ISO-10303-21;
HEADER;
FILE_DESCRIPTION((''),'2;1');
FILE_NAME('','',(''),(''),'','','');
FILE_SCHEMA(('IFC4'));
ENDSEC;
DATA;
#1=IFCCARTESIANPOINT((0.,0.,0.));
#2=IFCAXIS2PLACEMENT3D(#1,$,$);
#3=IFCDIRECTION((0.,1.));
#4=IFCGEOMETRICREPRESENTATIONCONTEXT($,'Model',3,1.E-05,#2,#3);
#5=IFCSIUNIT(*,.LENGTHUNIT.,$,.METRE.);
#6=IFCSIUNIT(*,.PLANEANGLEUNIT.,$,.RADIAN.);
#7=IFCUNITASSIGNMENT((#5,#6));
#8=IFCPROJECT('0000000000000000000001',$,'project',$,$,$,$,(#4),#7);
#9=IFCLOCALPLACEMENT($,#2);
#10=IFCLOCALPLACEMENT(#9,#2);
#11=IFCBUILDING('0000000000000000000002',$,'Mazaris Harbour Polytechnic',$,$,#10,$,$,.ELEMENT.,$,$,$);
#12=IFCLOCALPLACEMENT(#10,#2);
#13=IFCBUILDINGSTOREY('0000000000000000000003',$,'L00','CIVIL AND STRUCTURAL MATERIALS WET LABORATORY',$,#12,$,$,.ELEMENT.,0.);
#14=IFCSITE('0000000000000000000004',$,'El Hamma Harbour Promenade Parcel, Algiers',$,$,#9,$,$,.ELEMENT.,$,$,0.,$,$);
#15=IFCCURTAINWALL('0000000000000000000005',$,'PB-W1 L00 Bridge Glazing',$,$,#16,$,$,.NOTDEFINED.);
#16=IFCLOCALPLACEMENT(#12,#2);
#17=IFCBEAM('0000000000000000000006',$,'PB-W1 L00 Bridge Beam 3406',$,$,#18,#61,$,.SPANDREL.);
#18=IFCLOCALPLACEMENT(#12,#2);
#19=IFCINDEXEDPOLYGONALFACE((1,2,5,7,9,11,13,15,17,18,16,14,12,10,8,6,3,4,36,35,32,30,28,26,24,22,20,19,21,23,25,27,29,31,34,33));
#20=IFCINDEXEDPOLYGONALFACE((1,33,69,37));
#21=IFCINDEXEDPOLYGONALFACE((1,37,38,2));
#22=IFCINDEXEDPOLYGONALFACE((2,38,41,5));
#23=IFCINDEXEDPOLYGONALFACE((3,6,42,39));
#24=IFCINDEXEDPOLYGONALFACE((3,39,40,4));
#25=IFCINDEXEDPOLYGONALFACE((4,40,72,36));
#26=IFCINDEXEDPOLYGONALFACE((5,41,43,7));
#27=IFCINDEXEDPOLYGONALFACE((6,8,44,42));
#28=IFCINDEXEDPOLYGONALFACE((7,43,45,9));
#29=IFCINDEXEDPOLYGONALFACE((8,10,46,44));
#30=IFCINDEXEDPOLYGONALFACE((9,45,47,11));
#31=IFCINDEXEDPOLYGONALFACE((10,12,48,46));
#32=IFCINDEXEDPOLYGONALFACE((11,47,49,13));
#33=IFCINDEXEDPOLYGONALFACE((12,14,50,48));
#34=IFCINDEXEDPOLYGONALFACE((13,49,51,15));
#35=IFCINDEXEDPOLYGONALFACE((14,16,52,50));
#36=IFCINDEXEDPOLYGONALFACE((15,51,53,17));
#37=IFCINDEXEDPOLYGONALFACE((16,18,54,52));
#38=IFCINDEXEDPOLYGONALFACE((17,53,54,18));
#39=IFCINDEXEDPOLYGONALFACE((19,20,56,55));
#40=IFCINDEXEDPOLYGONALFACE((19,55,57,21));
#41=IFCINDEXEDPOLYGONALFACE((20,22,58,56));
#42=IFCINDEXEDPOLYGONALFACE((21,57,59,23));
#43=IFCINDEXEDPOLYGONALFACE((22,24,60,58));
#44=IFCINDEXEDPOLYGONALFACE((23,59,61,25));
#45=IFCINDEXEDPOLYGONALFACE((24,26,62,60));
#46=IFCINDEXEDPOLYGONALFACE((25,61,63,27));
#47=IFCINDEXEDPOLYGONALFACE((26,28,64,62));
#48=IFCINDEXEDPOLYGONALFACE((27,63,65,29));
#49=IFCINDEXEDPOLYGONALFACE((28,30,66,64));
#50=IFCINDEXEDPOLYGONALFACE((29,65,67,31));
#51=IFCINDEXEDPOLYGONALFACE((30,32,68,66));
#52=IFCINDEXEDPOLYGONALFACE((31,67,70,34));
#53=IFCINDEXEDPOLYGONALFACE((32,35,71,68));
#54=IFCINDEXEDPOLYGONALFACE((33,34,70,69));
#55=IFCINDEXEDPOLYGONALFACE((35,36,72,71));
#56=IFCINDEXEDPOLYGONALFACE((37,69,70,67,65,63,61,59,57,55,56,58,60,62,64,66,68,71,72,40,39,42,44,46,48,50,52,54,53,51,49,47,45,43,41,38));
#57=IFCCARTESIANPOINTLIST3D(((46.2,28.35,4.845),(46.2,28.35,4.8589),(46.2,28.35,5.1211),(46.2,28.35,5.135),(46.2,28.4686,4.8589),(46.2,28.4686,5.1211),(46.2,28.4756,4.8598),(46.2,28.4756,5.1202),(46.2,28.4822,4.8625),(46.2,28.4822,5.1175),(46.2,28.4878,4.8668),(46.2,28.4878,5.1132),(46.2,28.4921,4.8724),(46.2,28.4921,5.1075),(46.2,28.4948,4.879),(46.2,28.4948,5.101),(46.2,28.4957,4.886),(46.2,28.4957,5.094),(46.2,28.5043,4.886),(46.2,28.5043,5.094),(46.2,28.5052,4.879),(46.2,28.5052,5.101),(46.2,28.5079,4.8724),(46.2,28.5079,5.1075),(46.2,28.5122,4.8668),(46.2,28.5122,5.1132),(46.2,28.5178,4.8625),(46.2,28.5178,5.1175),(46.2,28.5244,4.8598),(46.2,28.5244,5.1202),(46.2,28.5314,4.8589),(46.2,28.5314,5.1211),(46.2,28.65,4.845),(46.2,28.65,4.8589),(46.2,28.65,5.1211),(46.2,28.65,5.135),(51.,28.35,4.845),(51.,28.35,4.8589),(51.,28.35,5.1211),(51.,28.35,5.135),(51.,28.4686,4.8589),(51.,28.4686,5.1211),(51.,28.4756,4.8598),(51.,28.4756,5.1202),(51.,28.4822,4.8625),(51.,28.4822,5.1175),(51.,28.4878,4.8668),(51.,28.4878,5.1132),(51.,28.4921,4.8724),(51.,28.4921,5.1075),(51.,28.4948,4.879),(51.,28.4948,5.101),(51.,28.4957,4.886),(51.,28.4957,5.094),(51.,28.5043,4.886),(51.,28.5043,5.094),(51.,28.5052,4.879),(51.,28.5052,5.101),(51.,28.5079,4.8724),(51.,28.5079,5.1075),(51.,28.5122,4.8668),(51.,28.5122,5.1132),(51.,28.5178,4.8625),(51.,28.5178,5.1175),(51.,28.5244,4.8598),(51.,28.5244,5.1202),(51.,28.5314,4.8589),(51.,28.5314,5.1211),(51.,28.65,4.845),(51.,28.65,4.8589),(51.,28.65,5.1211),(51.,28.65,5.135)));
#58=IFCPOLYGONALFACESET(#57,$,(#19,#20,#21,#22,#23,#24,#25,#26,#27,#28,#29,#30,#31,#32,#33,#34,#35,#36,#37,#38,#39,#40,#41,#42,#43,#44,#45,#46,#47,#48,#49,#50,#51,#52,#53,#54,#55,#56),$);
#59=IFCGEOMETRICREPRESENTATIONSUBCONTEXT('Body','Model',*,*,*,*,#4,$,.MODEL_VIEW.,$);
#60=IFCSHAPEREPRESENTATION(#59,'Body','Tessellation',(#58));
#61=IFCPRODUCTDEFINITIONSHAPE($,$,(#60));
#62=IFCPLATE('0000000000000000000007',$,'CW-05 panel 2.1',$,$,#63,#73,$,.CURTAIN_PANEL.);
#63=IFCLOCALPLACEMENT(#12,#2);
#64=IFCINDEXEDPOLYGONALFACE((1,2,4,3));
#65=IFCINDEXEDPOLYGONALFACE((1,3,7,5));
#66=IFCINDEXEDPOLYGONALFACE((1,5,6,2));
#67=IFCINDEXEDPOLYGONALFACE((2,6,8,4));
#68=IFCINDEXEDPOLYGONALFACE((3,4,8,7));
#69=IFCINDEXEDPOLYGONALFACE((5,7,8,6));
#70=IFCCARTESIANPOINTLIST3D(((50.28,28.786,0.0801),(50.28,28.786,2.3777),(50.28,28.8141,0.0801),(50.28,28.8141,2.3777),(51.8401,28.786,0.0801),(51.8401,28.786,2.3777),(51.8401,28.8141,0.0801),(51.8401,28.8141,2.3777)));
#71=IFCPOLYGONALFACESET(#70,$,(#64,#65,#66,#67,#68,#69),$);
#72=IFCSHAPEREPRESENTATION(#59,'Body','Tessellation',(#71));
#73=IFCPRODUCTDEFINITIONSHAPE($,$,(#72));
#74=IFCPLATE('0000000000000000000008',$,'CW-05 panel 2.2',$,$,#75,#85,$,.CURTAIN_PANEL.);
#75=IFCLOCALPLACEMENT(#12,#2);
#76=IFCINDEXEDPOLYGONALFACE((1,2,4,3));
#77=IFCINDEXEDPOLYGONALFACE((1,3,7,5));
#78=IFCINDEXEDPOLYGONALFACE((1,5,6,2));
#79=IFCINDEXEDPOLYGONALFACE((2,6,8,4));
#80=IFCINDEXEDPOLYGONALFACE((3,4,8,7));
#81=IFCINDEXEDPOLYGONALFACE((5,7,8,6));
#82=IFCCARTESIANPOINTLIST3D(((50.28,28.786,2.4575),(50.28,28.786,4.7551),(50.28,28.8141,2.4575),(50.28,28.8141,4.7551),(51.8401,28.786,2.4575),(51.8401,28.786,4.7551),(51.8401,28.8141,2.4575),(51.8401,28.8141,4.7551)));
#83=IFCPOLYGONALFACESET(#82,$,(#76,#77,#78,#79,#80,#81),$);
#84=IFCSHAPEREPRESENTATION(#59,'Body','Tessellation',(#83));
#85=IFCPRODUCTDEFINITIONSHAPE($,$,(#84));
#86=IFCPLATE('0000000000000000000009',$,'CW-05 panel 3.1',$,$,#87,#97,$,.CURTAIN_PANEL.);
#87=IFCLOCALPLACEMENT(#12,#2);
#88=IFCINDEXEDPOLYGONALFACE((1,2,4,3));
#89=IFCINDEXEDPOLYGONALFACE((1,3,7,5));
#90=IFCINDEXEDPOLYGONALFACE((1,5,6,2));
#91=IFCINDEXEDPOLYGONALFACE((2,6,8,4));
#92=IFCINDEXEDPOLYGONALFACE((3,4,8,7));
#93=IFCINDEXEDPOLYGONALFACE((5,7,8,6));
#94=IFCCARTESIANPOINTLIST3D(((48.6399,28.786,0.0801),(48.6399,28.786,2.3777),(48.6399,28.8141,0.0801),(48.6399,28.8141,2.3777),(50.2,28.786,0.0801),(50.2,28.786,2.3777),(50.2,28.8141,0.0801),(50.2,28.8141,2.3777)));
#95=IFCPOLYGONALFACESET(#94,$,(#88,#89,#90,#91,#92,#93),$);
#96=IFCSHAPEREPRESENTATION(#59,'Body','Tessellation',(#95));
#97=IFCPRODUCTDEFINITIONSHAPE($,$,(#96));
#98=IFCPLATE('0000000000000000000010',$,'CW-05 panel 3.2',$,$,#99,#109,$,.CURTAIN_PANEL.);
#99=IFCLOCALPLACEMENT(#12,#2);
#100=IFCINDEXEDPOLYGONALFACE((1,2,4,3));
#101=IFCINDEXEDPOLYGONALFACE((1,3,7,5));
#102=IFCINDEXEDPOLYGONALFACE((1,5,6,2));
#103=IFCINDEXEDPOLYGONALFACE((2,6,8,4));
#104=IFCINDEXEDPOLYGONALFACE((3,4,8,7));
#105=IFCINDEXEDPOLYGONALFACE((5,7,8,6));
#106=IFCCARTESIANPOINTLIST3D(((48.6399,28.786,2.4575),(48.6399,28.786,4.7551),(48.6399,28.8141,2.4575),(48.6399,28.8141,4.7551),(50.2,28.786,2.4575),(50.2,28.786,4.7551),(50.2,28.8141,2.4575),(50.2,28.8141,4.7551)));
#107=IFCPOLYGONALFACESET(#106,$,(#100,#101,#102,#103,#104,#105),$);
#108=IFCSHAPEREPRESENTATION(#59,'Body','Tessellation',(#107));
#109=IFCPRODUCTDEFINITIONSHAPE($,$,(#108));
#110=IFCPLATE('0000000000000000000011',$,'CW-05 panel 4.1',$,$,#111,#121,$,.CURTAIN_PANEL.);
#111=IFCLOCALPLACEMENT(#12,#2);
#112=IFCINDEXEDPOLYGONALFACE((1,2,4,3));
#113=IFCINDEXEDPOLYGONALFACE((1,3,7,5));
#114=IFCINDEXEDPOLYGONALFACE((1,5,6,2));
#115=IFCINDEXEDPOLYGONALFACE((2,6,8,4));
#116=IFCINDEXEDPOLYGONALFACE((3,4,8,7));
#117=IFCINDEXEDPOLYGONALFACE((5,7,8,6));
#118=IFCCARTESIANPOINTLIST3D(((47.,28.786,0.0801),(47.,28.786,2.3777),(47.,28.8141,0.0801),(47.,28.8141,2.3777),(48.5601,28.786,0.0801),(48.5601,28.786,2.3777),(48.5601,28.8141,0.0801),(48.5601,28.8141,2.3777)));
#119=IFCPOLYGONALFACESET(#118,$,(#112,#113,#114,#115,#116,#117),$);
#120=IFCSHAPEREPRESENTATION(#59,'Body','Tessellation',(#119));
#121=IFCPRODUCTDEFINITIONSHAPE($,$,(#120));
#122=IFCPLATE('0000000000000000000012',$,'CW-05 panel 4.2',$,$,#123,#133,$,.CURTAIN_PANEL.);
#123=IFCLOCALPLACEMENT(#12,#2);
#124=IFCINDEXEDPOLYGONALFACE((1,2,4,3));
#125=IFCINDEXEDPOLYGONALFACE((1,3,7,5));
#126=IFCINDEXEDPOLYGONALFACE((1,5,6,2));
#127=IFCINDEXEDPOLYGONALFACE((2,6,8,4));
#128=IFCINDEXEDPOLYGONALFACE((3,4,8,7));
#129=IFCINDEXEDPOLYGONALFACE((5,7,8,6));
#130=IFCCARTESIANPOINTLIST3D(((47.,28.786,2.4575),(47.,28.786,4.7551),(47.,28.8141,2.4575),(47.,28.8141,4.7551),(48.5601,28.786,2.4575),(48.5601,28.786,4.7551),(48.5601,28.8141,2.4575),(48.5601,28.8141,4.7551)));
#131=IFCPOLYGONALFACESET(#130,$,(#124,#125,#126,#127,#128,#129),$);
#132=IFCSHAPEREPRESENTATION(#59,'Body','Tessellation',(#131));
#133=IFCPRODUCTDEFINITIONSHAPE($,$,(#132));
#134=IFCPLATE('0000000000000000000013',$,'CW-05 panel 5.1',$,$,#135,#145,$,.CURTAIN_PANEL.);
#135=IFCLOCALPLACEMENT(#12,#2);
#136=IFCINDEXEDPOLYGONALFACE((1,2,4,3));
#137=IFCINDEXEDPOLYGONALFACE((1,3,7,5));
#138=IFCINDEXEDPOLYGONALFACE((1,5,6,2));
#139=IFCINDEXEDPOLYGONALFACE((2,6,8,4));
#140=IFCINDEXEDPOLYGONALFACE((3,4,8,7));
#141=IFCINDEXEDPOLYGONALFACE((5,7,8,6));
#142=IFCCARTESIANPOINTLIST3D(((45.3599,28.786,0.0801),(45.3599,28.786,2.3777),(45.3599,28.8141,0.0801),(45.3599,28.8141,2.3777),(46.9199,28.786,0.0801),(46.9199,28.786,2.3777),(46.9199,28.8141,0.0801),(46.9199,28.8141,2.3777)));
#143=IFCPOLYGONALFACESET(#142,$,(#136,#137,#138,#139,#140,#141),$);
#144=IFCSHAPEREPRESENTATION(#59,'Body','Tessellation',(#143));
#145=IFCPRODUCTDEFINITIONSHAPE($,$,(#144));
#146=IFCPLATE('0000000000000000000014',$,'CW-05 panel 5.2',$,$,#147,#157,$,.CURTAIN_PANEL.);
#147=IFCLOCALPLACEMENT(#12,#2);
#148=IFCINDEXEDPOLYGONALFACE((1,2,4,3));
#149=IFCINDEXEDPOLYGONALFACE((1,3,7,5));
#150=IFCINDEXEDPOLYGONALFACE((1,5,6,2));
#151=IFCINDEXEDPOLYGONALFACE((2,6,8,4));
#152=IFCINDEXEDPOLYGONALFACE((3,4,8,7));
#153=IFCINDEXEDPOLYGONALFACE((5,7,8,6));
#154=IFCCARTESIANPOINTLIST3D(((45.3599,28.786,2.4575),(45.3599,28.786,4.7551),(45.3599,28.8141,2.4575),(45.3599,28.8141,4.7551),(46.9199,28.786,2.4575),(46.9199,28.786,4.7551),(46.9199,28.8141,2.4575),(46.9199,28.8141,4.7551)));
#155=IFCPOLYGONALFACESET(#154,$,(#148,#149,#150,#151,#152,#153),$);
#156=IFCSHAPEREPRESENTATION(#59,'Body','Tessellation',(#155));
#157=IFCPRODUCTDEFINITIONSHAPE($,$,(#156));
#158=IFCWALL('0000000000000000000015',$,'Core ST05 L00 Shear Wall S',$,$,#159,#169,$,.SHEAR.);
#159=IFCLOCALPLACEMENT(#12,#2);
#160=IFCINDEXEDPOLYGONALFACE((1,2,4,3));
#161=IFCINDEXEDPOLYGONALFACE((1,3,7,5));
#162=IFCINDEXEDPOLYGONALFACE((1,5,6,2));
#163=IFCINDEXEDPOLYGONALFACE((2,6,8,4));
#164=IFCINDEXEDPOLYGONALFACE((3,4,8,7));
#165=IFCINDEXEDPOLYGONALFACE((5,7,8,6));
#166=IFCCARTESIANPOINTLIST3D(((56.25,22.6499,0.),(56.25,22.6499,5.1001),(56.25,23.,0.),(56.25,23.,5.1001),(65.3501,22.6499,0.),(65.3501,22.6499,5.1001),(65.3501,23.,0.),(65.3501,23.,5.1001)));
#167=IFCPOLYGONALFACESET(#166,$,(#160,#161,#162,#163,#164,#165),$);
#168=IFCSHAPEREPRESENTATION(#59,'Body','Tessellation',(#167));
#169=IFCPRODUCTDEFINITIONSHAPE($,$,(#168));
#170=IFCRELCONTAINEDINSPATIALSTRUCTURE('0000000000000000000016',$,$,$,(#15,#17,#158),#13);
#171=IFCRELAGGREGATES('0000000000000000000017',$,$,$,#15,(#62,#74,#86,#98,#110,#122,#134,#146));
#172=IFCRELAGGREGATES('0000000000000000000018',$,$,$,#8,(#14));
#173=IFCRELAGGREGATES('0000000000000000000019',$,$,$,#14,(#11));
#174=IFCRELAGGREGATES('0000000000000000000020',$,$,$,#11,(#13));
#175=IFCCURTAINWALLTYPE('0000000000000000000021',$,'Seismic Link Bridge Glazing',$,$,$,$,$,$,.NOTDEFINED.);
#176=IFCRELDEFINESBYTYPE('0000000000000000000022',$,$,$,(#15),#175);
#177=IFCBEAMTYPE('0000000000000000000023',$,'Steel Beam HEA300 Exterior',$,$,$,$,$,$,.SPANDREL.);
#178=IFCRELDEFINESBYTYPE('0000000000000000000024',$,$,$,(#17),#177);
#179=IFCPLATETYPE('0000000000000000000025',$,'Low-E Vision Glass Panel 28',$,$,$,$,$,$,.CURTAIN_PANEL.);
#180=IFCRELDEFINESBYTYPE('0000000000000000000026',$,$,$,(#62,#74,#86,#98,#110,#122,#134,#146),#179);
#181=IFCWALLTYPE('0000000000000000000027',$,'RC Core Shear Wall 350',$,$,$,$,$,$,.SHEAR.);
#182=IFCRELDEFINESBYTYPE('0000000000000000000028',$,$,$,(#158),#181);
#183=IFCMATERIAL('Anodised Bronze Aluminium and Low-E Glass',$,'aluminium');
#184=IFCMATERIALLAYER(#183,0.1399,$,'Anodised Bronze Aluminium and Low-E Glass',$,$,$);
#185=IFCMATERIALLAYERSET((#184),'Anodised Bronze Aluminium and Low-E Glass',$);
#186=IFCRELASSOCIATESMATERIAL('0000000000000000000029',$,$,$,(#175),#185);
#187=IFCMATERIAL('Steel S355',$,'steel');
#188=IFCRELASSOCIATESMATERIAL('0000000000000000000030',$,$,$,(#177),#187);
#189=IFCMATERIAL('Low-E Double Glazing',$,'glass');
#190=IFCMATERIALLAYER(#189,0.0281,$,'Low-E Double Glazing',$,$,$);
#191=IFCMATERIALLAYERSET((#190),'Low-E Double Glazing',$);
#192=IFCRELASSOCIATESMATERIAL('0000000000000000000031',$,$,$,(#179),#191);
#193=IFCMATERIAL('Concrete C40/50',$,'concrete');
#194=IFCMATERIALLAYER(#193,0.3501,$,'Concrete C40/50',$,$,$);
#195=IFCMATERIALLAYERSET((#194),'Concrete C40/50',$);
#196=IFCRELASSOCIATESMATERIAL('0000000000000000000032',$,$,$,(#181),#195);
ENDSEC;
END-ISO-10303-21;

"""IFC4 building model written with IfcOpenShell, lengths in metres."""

from ifc_helpers import new_model, si_unit, direction, frame, frame_2d, origin, origin_2d, place, context, subcontext, project, spatial, rectangle, i_section, extrude, material, layer, layer_set, material_profile, profile_set, type_object, element, aggregate, save


model = new_model("IFC4")

# Units and contexts
model_context = context("Model", 3, precision=1e-05, world=origin(), true_north=direction((0.0, 1.0)))
body_context = subcontext(model_context, "Body", "Model", "MODEL_VIEW")
ifc_project = project(units=[si_unit("LENGTHUNIT", "METRE"), si_unit("PLANEANGLEUNIT", "RADIAN")], contexts=[model_context])

# Site, building, storey
site_placement = place(None, origin())
site = spatial("IfcSite", under=ifc_project, at=site_placement, Name="El Hamma Harbour Promenade Parcel, Algiers", CompositionType="ELEMENT", RefElevation=0.0)
building_placement = place(site_placement, origin())
building = spatial("IfcBuilding", under=site, at=building_placement, Name="Mazaris Harbour Polytechnic", CompositionType="ELEMENT")
storey_placement = place(building_placement, origin())
storey = spatial("IfcBuildingStorey", under=building, at=storey_placement, Name="L00", Description="CIVIL AND STRUCTURAL MATERIALS WET LABORATORY", CompositionType="ELEMENT", Elevation=0.0)

# Curtain wall
ifc_material_1 = material(Name="Anodised Bronze Aluminium and Low-E Glass", Category="aluminium")
ifc_layer_1 = layer(ifc_material_1, 0.1399, Name="Anodised Bronze Aluminium and Low-E Glass")
ifc_layer_set_1 = layer_set([ifc_layer_1], Name="Anodised Bronze Aluminium and Low-E Glass")
curtain_wall_type = type_object("IfcCurtainWallType", Name="Seismic Link Bridge Glazing", PredefinedType="NOTDEFINED", material=ifc_layer_set_1)
curtain_wall_placement = place(storey_placement, origin())
curtain_wall = element("IfcCurtainWall", 1, at=curtain_wall_placement, inside=storey, type_object=curtain_wall_type, Name="PB-W1 L00 Bridge Glazing", PredefinedType="NOTDEFINED")

# Beam
ifc_material_2 = material(Name="Steel S355", Category="steel")
ifc_material_profile_1 = material_profile(ifc_material_2, i_section(OverallWidth=0.3, OverallDepth=0.29, WebThickness=0.0085, FlangeThickness=0.0139, FilletRadius=0.0271, at=origin_2d()), Name="HEA 300")
ifc_profile_set_1 = profile_set([ifc_material_profile_1], Name="Steel S355")
beam_type = type_object("IfcBeamType", Name="Steel Beam HEA300 Exterior", PredefinedType="SPANDREL", material=ifc_profile_set_1)
beam_placement = place(storey_placement, frame((46.2, 28.5, 4.99), z_axis=(1.0, 0.0, 0.0), x_axis=(0.0, 1.0, 0.0)))
element("IfcBeam", 2, at=beam_placement, inside=storey, type_object=beam_type, Name="PB-W1 L00 Bridge Beam 3406", PredefinedType="SPANDREL", context=body_context, shape_type="SweptSolid", body=[
    extrude(i_section(OverallWidth=0.3, OverallDepth=0.29, WebThickness=0.0085, FlangeThickness=0.0139, FilletRadius=0.0271, at=origin_2d()), origin(), (0.0, 0.0, 1.0), 4.8),
])

# Plates
ifc_material_3 = material(Name="Low-E Double Glazing", Category="glass")
ifc_layer_2 = layer(ifc_material_3, 0.0281, Name="Low-E Double Glazing")
ifc_layer_set_2 = layer_set([ifc_layer_2], Name="Low-E Double Glazing")
plate_type = type_object("IfcPlateType", Name="Low-E Vision Glass Panel 28", PredefinedType="CURTAIN_PANEL", material=ifc_layer_set_2)
plate_1_placement = place(storey_placement, frame((51.0601, 28.8, 0.0801), z_axis=(0.0, 0.0, 1.0), x_axis=(-1.0, 0.0, 0.0)))
plate_1 = element("IfcPlate", 3, at=plate_1_placement, type_object=plate_type, Name="CW-05 panel 2.1", PredefinedType="CURTAIN_PANEL", context=body_context, shape_type="SweptSolid", body=[
    extrude(rectangle(XDim=1.5601, YDim=0.0281, at=origin_2d()), origin(), (0.0, 0.0, 1.0), 2.2976),
])
plate_2_placement = place(storey_placement, frame((51.0601, 28.8, 2.4575), z_axis=(0.0, 0.0, 1.0), x_axis=(-1.0, 0.0, 0.0)))
plate_2 = element("IfcPlate", 4, at=plate_2_placement, type_object=plate_type, Name="CW-05 panel 2.2", PredefinedType="CURTAIN_PANEL", context=body_context, shape_type="SweptSolid", body=[
    extrude(rectangle(XDim=1.5601, YDim=0.0281, at=origin_2d()), origin(), (0.0, 0.0, 1.0), 2.2976),
])
plate_3_placement = place(storey_placement, frame((49.4199, 28.8, 0.0801), z_axis=(0.0, 0.0, 1.0), x_axis=(-1.0, 0.0, 0.0)))
plate_3 = element("IfcPlate", 5, at=plate_3_placement, type_object=plate_type, Name="CW-05 panel 3.1", PredefinedType="CURTAIN_PANEL", context=body_context, shape_type="SweptSolid", body=[
    extrude(rectangle(XDim=1.5601, YDim=0.0281, at=origin_2d()), origin(), (0.0, 0.0, 1.0), 2.2976),
])
plate_4_placement = place(storey_placement, frame((49.4199, 28.8, 2.4575), z_axis=(0.0, 0.0, 1.0), x_axis=(-1.0, 0.0, 0.0)))
plate_4 = element("IfcPlate", 6, at=plate_4_placement, type_object=plate_type, Name="CW-05 panel 3.2", PredefinedType="CURTAIN_PANEL", context=body_context, shape_type="SweptSolid", body=[
    extrude(rectangle(XDim=1.5601, YDim=0.0281, at=origin_2d()), origin(), (0.0, 0.0, 1.0), 2.2976),
])
plate_5_placement = place(storey_placement, frame((47.78, 28.8, 0.0801), z_axis=(0.0, 0.0, 1.0), x_axis=(-1.0, 0.0, 0.0)))
plate_5 = element("IfcPlate", 7, at=plate_5_placement, type_object=plate_type, Name="CW-05 panel 4.1", PredefinedType="CURTAIN_PANEL", context=body_context, shape_type="SweptSolid", body=[
    extrude(rectangle(XDim=1.5601, YDim=0.0281, at=origin_2d()), origin(), (0.0, 0.0, 1.0), 2.2976),
])
plate_6_placement = place(storey_placement, frame((47.78, 28.8, 2.4575), z_axis=(0.0, 0.0, 1.0), x_axis=(-1.0, 0.0, 0.0)))
plate_6 = element("IfcPlate", 8, at=plate_6_placement, type_object=plate_type, Name="CW-05 panel 4.2", PredefinedType="CURTAIN_PANEL", context=body_context, shape_type="SweptSolid", body=[
    extrude(rectangle(XDim=1.5601, YDim=0.0281, at=origin_2d()), origin(), (0.0, 0.0, 1.0), 2.2976),
])
plate_7_placement = place(storey_placement, frame((46.1399, 28.8, 0.0801), z_axis=(0.0, 0.0, 1.0), x_axis=(-1.0, 0.0, 0.0)))
plate_7 = element("IfcPlate", 9, at=plate_7_placement, type_object=plate_type, Name="CW-05 panel 5.1", PredefinedType="CURTAIN_PANEL", context=body_context, shape_type="SweptSolid", body=[
    extrude(rectangle(XDim=1.5601, YDim=0.0281, at=origin_2d()), origin(), (0.0, 0.0, 1.0), 2.2976),
])
plate_8_placement = place(storey_placement, frame((46.1399, 28.8, 2.4575), z_axis=(0.0, 0.0, 1.0), x_axis=(-1.0, 0.0, 0.0)))
plate_8 = element("IfcPlate", 10, at=plate_8_placement, type_object=plate_type, Name="CW-05 panel 5.2", PredefinedType="CURTAIN_PANEL", context=body_context, shape_type="SweptSolid", body=[
    extrude(rectangle(XDim=1.5601, YDim=0.0281, at=origin_2d()), origin(), (0.0, 0.0, 1.0), 2.2976),
])
aggregate(curtain_wall, [plate_1, plate_2, plate_3, plate_4, plate_5, plate_6, plate_7, plate_8])

# Wall
ifc_material_4 = material(Name="Concrete C40/50", Category="concrete")
ifc_layer_3 = layer(ifc_material_4, 0.3501, Name="Concrete C40/50")
ifc_layer_set_3 = layer_set([ifc_layer_3], Name="Concrete C40/50")
wall_type = type_object("IfcWallType", Name="RC Core Shear Wall 350", PredefinedType="SHEAR", material=ifc_layer_set_3)
wall_1_placement = place(storey_placement, frame((56.25, 22.825, 0.0), z_axis=(0.0, 0.0, 1.0), x_axis=(1.0, 0.0, 0.0)))
element("IfcWall", 11, at=wall_1_placement, inside=storey, type_object=wall_type, Name="Core ST05 L00 Shear Wall S", PredefinedType="SHEAR", context=body_context, shape_type="SweptSolid", body=[
    extrude(rectangle(XDim=9.1001, YDim=0.3501, at=frame_2d((4.55, 0.0))), origin(), (0.0, 0.0, 1.0), 5.1001),
])

save(model, "model.ifc")
